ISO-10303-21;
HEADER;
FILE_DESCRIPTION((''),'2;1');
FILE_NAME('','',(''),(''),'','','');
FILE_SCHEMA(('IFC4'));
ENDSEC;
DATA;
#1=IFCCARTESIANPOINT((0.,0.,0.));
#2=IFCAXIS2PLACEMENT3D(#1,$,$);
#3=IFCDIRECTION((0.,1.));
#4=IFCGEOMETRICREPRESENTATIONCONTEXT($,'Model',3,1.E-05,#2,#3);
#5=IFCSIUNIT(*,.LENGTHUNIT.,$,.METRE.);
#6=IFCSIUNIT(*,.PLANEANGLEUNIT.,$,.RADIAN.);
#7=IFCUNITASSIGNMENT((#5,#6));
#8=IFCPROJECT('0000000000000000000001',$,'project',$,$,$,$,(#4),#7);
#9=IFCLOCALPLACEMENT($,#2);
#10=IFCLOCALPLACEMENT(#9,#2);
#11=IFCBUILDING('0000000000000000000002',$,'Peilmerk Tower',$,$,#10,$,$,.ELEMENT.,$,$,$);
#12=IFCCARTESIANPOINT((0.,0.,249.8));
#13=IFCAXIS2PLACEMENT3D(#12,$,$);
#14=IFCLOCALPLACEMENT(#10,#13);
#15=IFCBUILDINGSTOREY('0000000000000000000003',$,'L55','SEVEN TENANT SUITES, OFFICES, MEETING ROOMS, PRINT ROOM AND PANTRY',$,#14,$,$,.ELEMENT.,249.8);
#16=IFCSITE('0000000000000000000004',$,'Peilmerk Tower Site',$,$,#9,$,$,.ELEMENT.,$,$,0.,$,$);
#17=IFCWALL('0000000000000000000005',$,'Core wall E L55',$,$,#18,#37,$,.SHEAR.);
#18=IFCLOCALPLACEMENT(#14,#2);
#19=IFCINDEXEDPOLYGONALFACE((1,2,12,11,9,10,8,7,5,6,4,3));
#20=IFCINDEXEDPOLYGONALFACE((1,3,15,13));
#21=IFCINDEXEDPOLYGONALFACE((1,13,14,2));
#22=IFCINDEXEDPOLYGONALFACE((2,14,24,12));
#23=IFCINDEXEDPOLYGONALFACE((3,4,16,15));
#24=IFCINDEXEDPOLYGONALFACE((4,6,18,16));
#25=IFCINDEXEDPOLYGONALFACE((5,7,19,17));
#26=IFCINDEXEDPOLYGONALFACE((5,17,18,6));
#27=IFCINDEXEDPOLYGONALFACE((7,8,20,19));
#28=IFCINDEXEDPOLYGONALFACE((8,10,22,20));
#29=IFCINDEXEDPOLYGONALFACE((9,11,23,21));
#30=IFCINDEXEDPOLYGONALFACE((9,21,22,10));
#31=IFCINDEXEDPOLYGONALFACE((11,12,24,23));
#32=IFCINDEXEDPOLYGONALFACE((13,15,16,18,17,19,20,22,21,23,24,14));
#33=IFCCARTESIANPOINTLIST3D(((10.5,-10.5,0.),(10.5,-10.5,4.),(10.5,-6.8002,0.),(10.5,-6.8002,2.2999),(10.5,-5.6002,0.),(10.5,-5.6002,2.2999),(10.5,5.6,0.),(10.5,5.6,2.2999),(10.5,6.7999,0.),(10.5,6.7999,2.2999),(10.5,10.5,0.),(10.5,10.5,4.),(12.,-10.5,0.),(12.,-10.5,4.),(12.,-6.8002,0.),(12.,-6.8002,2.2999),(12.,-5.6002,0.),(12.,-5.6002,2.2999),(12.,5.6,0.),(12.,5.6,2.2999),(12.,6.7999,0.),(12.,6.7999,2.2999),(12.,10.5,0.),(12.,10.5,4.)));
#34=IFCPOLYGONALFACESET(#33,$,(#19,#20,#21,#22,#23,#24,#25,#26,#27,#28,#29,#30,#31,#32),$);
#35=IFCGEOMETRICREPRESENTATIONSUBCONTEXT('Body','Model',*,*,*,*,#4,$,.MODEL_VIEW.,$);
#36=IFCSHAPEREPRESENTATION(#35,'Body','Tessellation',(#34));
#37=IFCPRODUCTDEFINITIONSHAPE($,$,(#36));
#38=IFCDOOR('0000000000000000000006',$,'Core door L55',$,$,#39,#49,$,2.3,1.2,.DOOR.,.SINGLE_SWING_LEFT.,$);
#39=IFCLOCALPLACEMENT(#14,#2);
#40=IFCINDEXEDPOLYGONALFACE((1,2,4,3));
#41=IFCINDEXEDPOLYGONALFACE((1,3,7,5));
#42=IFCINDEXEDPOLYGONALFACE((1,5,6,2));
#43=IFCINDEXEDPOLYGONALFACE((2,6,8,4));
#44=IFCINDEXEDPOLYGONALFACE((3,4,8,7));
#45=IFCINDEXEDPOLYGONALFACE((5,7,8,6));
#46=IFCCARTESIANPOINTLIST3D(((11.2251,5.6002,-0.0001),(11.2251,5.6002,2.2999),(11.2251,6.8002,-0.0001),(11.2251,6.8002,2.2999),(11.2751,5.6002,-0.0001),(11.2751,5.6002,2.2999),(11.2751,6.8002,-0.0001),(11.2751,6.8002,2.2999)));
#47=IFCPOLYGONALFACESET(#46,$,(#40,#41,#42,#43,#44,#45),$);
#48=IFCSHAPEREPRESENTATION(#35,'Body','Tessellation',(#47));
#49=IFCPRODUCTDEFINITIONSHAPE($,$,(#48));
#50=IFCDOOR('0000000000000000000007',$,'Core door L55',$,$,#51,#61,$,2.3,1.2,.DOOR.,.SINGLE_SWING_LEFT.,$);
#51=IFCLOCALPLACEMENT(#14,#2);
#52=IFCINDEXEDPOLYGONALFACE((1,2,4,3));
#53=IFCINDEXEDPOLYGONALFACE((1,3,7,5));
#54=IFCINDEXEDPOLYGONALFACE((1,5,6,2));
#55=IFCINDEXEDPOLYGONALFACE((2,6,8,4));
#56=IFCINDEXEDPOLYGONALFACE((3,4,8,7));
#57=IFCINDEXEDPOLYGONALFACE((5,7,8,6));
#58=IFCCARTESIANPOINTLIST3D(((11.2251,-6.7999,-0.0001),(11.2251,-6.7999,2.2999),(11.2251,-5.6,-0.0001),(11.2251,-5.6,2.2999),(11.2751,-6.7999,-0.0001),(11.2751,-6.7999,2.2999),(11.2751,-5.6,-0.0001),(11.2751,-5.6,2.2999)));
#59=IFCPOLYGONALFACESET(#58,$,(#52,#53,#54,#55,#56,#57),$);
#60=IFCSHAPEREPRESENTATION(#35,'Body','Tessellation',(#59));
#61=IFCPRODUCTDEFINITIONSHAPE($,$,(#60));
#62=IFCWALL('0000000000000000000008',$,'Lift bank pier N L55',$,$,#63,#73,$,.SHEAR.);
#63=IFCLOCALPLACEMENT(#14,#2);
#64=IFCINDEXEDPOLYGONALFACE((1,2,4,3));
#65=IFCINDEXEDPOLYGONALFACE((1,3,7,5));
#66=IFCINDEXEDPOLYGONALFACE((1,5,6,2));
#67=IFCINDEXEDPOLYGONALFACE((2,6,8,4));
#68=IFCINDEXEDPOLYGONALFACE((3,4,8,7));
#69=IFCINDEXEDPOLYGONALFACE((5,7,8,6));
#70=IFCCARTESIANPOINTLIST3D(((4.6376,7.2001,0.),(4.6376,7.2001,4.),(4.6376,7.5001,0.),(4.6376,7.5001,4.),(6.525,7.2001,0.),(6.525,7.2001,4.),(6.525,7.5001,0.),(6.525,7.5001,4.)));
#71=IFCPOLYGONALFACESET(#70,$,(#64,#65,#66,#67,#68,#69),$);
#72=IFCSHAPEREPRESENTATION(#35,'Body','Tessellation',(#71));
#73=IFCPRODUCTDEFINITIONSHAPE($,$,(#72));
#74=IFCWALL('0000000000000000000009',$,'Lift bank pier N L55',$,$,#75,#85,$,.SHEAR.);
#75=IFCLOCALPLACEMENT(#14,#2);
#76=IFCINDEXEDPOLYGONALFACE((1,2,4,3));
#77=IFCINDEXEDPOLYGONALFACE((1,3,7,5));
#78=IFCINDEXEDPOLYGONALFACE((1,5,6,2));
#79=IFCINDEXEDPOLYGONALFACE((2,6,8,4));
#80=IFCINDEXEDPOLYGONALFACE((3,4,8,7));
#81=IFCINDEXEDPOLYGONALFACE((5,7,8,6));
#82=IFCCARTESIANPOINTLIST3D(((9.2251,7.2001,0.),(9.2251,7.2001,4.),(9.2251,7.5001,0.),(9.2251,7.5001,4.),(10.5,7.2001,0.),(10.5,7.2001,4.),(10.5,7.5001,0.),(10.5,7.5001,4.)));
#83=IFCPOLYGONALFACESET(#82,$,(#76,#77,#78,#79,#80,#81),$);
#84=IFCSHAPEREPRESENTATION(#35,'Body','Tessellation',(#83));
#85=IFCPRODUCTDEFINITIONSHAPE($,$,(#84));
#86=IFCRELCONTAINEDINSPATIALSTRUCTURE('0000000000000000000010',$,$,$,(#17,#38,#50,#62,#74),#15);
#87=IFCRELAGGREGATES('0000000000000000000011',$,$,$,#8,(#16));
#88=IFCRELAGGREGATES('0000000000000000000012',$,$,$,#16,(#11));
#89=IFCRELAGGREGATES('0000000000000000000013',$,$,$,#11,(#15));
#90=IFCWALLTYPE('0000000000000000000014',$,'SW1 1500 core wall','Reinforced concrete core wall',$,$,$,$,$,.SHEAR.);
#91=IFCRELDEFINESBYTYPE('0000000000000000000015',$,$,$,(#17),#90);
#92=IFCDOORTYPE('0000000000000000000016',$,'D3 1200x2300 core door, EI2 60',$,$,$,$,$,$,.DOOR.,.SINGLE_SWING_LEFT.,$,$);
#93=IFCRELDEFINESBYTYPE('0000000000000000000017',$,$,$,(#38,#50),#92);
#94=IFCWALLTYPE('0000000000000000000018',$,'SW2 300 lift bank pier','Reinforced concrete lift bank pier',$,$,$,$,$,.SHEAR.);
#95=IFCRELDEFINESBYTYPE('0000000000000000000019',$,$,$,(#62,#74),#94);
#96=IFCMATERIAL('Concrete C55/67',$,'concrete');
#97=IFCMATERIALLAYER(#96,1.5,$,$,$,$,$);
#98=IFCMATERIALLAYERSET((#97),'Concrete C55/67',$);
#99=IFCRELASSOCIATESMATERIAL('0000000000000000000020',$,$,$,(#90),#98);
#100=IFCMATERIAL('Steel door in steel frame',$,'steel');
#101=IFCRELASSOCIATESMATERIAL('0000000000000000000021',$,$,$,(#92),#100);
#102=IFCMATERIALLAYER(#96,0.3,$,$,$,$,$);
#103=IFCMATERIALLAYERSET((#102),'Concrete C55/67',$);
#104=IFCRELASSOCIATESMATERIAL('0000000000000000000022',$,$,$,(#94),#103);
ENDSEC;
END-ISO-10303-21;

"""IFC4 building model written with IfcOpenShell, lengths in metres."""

from ifc_helpers import new_model, si_unit, direction, frame, frame_2d, origin, place, context, subcontext, project, spatial, rectangle, extrude, material, layer, layer_set, type_object, element, fill, save


model = new_model("IFC4")

# Units and contexts
model_context = context("Model", 3, precision=1e-05, world=origin(), true_north=direction((0.0, 1.0)))
body_context = subcontext(model_context, "Body", "Model", "MODEL_VIEW")
ifc_project = project(units=[si_unit("LENGTHUNIT", "METRE"), si_unit("PLANEANGLEUNIT", "RADIAN")], contexts=[model_context])

# Site, building, storey
site_placement = place(None, origin())
site = spatial("IfcSite", under=ifc_project, at=site_placement, Name="Peilmerk Tower Site", CompositionType="ELEMENT", RefElevation=0.0)
building_placement = place(site_placement, origin())
building = spatial("IfcBuilding", under=site, at=building_placement, Name="Peilmerk Tower", CompositionType="ELEMENT")
storey_placement = place(building_placement, frame((0.0, 0.0, 249.8)))
storey = spatial("IfcBuildingStorey", under=building, at=storey_placement, Name="L55", Description="SEVEN TENANT SUITES, OFFICES, MEETING ROOMS, PRINT ROOM AND PANTRY", CompositionType="ELEMENT", Elevation=249.8)

# Shared definitions
ifc_material_1 = material(Name="Steel door in steel frame", Category="steel")

# Wall, openings, doors
ifc_material_2 = material(Name="Concrete C55/67", Category="concrete")
ifc_layer_1 = layer(ifc_material_2, 1.5)
ifc_layer_set_1 = layer_set([ifc_layer_1], Name="Concrete C55/67")
wall_type_1 = type_object("IfcWallType", Name="SW1 1500 core wall", Description="Reinforced concrete core wall", PredefinedType="SHEAR", material=ifc_layer_set_1)
wall_1_placement = place(storey_placement, frame((11.25, 10.5, 0.0), z_axis=(0.0, 0.0, 1.0), x_axis=(0.0, -1.0, 0.0)))
wall_1 = element("IfcWall", 1, at=wall_1_placement, inside=storey, type_object=wall_type_1, Name="Core wall E L55", PredefinedType="SHEAR", context=body_context, shape_type="SweptSolid", body=[
    extrude(rectangle(XDim=21.0, YDim=1.5, at=frame_2d((10.5, 0.0))), origin(), (0.0, 0.0, 1.0), 4.0),
])
opening_1_placement = place(wall_1_placement, frame((3.7, 0.0, 0.0)))
opening_1 = element("IfcOpeningElement", 2, at=opening_1_placement, cuts=wall_1, PredefinedType="OPENING", context=body_context, shape_type="SweptSolid", body=[
    extrude(rectangle(XDim=1.2, YDim=2.3, at=frame_2d((0.6001, 1.1499))), frame((0.0, 0.76, 0.0), z_axis=(0.0, -1.0, 0.0), x_axis=(1.0, 0.0, 0.0)), (0.0, 0.0, 1.0), 1.52),
])
opening_2_placement = place(wall_1_placement, frame((16.1001, 0.0, 0.0)))
opening_2 = element("IfcOpeningElement", 3, at=opening_2_placement, cuts=wall_1, PredefinedType="OPENING", context=body_context, shape_type="SweptSolid", body=[
    extrude(rectangle(XDim=1.2, YDim=2.3, at=frame_2d((0.6001, 1.1499))), frame((0.0, 0.76, 0.0), z_axis=(0.0, -1.0, 0.0), x_axis=(1.0, 0.0, 0.0)), (0.0, 0.0, 1.0), 1.52),
])
door_type_1 = type_object("IfcDoorType", Name="D3 1200x2300 core door, EI2 60", OperationType="SINGLE_SWING_LEFT", PredefinedType="DOOR", material=ifc_material_1)
door_1_placement = place(opening_1_placement, frame((1.2, 0.0, 0.0), z_axis=(0.0, 0.0, 1.0), x_axis=(-1.0, 0.0, 0.0)))
door_1 = element("IfcDoor", 4, at=door_1_placement, inside=storey, type_object=door_type_1, Name="Core door L55", OperationType="SINGLE_SWING_LEFT", OverallHeight=2.3, OverallWidth=1.2, PredefinedType="DOOR", context=body_context, shape_type="SweptSolid", body=[
    extrude(rectangle(XDim=1.2, YDim=2.3, at=frame_2d((0.6001, 1.1499))), frame((0.0, 0.0249, 0.0), z_axis=(0.0, -1.0, 0.0), x_axis=(1.0, 0.0, 0.0)), (0.0, 0.0, 1.0), 0.05),
])
fill(opening_1, door_1)
door_2_placement = place(opening_2_placement, frame((1.2, 0.0, 0.0), z_axis=(0.0, 0.0, 1.0), x_axis=(-1.0, 0.0, 0.0)))
door_2 = element("IfcDoor", 5, at=door_2_placement, inside=storey, type_object=door_type_1, Name="Core door L55", OperationType="SINGLE_SWING_LEFT", OverallHeight=2.3, OverallWidth=1.2, PredefinedType="DOOR", context=body_context, shape_type="SweptSolid", body=[
    extrude(rectangle(XDim=1.2, YDim=2.3, at=frame_2d((0.6001, 1.1499))), frame((0.0, 0.0249, 0.0), z_axis=(0.0, -1.0, 0.0), x_axis=(1.0, 0.0, 0.0)), (0.0, 0.0, 1.0), 0.05),
])
fill(opening_2, door_2)

# Walls
ifc_layer_2 = layer(ifc_material_2, 0.3)
ifc_layer_set_2 = layer_set([ifc_layer_2], Name="Concrete C55/67")
wall_type_2 = type_object("IfcWallType", Name="SW2 300 lift bank pier", Description="Reinforced concrete lift bank pier", PredefinedType="SHEAR", material=ifc_layer_set_2)
wall_2_placement = place(storey_placement, frame((4.6375, 7.3501, 0.0), z_axis=(0.0, 0.0, 1.0), x_axis=(1.0, 0.0, 0.0)))
element("IfcWall", 6, at=wall_2_placement, inside=storey, type_object=wall_type_2, Name="Lift bank pier N L55", PredefinedType="SHEAR", context=body_context, shape_type="SweptSolid", body=[
    extrude(rectangle(XDim=1.8875, YDim=0.3, at=frame_2d((0.9438, 0.0))), origin(), (0.0, 0.0, 1.0), 4.0),
])
wall_3_placement = place(storey_placement, frame((9.2251, 7.3501, 0.0), z_axis=(0.0, 0.0, 1.0), x_axis=(1.0, 0.0, 0.0)))
element("IfcWall", 7, at=wall_3_placement, inside=storey, type_object=wall_type_2, Name="Lift bank pier N L55", PredefinedType="SHEAR", context=body_context, shape_type="SweptSolid", body=[
    extrude(rectangle(XDim=1.2749, YDim=0.3, at=frame_2d((0.6375, 0.0))), origin(), (0.0, 0.0, 1.0), 4.0),
])

save(model, "model.ifc")
